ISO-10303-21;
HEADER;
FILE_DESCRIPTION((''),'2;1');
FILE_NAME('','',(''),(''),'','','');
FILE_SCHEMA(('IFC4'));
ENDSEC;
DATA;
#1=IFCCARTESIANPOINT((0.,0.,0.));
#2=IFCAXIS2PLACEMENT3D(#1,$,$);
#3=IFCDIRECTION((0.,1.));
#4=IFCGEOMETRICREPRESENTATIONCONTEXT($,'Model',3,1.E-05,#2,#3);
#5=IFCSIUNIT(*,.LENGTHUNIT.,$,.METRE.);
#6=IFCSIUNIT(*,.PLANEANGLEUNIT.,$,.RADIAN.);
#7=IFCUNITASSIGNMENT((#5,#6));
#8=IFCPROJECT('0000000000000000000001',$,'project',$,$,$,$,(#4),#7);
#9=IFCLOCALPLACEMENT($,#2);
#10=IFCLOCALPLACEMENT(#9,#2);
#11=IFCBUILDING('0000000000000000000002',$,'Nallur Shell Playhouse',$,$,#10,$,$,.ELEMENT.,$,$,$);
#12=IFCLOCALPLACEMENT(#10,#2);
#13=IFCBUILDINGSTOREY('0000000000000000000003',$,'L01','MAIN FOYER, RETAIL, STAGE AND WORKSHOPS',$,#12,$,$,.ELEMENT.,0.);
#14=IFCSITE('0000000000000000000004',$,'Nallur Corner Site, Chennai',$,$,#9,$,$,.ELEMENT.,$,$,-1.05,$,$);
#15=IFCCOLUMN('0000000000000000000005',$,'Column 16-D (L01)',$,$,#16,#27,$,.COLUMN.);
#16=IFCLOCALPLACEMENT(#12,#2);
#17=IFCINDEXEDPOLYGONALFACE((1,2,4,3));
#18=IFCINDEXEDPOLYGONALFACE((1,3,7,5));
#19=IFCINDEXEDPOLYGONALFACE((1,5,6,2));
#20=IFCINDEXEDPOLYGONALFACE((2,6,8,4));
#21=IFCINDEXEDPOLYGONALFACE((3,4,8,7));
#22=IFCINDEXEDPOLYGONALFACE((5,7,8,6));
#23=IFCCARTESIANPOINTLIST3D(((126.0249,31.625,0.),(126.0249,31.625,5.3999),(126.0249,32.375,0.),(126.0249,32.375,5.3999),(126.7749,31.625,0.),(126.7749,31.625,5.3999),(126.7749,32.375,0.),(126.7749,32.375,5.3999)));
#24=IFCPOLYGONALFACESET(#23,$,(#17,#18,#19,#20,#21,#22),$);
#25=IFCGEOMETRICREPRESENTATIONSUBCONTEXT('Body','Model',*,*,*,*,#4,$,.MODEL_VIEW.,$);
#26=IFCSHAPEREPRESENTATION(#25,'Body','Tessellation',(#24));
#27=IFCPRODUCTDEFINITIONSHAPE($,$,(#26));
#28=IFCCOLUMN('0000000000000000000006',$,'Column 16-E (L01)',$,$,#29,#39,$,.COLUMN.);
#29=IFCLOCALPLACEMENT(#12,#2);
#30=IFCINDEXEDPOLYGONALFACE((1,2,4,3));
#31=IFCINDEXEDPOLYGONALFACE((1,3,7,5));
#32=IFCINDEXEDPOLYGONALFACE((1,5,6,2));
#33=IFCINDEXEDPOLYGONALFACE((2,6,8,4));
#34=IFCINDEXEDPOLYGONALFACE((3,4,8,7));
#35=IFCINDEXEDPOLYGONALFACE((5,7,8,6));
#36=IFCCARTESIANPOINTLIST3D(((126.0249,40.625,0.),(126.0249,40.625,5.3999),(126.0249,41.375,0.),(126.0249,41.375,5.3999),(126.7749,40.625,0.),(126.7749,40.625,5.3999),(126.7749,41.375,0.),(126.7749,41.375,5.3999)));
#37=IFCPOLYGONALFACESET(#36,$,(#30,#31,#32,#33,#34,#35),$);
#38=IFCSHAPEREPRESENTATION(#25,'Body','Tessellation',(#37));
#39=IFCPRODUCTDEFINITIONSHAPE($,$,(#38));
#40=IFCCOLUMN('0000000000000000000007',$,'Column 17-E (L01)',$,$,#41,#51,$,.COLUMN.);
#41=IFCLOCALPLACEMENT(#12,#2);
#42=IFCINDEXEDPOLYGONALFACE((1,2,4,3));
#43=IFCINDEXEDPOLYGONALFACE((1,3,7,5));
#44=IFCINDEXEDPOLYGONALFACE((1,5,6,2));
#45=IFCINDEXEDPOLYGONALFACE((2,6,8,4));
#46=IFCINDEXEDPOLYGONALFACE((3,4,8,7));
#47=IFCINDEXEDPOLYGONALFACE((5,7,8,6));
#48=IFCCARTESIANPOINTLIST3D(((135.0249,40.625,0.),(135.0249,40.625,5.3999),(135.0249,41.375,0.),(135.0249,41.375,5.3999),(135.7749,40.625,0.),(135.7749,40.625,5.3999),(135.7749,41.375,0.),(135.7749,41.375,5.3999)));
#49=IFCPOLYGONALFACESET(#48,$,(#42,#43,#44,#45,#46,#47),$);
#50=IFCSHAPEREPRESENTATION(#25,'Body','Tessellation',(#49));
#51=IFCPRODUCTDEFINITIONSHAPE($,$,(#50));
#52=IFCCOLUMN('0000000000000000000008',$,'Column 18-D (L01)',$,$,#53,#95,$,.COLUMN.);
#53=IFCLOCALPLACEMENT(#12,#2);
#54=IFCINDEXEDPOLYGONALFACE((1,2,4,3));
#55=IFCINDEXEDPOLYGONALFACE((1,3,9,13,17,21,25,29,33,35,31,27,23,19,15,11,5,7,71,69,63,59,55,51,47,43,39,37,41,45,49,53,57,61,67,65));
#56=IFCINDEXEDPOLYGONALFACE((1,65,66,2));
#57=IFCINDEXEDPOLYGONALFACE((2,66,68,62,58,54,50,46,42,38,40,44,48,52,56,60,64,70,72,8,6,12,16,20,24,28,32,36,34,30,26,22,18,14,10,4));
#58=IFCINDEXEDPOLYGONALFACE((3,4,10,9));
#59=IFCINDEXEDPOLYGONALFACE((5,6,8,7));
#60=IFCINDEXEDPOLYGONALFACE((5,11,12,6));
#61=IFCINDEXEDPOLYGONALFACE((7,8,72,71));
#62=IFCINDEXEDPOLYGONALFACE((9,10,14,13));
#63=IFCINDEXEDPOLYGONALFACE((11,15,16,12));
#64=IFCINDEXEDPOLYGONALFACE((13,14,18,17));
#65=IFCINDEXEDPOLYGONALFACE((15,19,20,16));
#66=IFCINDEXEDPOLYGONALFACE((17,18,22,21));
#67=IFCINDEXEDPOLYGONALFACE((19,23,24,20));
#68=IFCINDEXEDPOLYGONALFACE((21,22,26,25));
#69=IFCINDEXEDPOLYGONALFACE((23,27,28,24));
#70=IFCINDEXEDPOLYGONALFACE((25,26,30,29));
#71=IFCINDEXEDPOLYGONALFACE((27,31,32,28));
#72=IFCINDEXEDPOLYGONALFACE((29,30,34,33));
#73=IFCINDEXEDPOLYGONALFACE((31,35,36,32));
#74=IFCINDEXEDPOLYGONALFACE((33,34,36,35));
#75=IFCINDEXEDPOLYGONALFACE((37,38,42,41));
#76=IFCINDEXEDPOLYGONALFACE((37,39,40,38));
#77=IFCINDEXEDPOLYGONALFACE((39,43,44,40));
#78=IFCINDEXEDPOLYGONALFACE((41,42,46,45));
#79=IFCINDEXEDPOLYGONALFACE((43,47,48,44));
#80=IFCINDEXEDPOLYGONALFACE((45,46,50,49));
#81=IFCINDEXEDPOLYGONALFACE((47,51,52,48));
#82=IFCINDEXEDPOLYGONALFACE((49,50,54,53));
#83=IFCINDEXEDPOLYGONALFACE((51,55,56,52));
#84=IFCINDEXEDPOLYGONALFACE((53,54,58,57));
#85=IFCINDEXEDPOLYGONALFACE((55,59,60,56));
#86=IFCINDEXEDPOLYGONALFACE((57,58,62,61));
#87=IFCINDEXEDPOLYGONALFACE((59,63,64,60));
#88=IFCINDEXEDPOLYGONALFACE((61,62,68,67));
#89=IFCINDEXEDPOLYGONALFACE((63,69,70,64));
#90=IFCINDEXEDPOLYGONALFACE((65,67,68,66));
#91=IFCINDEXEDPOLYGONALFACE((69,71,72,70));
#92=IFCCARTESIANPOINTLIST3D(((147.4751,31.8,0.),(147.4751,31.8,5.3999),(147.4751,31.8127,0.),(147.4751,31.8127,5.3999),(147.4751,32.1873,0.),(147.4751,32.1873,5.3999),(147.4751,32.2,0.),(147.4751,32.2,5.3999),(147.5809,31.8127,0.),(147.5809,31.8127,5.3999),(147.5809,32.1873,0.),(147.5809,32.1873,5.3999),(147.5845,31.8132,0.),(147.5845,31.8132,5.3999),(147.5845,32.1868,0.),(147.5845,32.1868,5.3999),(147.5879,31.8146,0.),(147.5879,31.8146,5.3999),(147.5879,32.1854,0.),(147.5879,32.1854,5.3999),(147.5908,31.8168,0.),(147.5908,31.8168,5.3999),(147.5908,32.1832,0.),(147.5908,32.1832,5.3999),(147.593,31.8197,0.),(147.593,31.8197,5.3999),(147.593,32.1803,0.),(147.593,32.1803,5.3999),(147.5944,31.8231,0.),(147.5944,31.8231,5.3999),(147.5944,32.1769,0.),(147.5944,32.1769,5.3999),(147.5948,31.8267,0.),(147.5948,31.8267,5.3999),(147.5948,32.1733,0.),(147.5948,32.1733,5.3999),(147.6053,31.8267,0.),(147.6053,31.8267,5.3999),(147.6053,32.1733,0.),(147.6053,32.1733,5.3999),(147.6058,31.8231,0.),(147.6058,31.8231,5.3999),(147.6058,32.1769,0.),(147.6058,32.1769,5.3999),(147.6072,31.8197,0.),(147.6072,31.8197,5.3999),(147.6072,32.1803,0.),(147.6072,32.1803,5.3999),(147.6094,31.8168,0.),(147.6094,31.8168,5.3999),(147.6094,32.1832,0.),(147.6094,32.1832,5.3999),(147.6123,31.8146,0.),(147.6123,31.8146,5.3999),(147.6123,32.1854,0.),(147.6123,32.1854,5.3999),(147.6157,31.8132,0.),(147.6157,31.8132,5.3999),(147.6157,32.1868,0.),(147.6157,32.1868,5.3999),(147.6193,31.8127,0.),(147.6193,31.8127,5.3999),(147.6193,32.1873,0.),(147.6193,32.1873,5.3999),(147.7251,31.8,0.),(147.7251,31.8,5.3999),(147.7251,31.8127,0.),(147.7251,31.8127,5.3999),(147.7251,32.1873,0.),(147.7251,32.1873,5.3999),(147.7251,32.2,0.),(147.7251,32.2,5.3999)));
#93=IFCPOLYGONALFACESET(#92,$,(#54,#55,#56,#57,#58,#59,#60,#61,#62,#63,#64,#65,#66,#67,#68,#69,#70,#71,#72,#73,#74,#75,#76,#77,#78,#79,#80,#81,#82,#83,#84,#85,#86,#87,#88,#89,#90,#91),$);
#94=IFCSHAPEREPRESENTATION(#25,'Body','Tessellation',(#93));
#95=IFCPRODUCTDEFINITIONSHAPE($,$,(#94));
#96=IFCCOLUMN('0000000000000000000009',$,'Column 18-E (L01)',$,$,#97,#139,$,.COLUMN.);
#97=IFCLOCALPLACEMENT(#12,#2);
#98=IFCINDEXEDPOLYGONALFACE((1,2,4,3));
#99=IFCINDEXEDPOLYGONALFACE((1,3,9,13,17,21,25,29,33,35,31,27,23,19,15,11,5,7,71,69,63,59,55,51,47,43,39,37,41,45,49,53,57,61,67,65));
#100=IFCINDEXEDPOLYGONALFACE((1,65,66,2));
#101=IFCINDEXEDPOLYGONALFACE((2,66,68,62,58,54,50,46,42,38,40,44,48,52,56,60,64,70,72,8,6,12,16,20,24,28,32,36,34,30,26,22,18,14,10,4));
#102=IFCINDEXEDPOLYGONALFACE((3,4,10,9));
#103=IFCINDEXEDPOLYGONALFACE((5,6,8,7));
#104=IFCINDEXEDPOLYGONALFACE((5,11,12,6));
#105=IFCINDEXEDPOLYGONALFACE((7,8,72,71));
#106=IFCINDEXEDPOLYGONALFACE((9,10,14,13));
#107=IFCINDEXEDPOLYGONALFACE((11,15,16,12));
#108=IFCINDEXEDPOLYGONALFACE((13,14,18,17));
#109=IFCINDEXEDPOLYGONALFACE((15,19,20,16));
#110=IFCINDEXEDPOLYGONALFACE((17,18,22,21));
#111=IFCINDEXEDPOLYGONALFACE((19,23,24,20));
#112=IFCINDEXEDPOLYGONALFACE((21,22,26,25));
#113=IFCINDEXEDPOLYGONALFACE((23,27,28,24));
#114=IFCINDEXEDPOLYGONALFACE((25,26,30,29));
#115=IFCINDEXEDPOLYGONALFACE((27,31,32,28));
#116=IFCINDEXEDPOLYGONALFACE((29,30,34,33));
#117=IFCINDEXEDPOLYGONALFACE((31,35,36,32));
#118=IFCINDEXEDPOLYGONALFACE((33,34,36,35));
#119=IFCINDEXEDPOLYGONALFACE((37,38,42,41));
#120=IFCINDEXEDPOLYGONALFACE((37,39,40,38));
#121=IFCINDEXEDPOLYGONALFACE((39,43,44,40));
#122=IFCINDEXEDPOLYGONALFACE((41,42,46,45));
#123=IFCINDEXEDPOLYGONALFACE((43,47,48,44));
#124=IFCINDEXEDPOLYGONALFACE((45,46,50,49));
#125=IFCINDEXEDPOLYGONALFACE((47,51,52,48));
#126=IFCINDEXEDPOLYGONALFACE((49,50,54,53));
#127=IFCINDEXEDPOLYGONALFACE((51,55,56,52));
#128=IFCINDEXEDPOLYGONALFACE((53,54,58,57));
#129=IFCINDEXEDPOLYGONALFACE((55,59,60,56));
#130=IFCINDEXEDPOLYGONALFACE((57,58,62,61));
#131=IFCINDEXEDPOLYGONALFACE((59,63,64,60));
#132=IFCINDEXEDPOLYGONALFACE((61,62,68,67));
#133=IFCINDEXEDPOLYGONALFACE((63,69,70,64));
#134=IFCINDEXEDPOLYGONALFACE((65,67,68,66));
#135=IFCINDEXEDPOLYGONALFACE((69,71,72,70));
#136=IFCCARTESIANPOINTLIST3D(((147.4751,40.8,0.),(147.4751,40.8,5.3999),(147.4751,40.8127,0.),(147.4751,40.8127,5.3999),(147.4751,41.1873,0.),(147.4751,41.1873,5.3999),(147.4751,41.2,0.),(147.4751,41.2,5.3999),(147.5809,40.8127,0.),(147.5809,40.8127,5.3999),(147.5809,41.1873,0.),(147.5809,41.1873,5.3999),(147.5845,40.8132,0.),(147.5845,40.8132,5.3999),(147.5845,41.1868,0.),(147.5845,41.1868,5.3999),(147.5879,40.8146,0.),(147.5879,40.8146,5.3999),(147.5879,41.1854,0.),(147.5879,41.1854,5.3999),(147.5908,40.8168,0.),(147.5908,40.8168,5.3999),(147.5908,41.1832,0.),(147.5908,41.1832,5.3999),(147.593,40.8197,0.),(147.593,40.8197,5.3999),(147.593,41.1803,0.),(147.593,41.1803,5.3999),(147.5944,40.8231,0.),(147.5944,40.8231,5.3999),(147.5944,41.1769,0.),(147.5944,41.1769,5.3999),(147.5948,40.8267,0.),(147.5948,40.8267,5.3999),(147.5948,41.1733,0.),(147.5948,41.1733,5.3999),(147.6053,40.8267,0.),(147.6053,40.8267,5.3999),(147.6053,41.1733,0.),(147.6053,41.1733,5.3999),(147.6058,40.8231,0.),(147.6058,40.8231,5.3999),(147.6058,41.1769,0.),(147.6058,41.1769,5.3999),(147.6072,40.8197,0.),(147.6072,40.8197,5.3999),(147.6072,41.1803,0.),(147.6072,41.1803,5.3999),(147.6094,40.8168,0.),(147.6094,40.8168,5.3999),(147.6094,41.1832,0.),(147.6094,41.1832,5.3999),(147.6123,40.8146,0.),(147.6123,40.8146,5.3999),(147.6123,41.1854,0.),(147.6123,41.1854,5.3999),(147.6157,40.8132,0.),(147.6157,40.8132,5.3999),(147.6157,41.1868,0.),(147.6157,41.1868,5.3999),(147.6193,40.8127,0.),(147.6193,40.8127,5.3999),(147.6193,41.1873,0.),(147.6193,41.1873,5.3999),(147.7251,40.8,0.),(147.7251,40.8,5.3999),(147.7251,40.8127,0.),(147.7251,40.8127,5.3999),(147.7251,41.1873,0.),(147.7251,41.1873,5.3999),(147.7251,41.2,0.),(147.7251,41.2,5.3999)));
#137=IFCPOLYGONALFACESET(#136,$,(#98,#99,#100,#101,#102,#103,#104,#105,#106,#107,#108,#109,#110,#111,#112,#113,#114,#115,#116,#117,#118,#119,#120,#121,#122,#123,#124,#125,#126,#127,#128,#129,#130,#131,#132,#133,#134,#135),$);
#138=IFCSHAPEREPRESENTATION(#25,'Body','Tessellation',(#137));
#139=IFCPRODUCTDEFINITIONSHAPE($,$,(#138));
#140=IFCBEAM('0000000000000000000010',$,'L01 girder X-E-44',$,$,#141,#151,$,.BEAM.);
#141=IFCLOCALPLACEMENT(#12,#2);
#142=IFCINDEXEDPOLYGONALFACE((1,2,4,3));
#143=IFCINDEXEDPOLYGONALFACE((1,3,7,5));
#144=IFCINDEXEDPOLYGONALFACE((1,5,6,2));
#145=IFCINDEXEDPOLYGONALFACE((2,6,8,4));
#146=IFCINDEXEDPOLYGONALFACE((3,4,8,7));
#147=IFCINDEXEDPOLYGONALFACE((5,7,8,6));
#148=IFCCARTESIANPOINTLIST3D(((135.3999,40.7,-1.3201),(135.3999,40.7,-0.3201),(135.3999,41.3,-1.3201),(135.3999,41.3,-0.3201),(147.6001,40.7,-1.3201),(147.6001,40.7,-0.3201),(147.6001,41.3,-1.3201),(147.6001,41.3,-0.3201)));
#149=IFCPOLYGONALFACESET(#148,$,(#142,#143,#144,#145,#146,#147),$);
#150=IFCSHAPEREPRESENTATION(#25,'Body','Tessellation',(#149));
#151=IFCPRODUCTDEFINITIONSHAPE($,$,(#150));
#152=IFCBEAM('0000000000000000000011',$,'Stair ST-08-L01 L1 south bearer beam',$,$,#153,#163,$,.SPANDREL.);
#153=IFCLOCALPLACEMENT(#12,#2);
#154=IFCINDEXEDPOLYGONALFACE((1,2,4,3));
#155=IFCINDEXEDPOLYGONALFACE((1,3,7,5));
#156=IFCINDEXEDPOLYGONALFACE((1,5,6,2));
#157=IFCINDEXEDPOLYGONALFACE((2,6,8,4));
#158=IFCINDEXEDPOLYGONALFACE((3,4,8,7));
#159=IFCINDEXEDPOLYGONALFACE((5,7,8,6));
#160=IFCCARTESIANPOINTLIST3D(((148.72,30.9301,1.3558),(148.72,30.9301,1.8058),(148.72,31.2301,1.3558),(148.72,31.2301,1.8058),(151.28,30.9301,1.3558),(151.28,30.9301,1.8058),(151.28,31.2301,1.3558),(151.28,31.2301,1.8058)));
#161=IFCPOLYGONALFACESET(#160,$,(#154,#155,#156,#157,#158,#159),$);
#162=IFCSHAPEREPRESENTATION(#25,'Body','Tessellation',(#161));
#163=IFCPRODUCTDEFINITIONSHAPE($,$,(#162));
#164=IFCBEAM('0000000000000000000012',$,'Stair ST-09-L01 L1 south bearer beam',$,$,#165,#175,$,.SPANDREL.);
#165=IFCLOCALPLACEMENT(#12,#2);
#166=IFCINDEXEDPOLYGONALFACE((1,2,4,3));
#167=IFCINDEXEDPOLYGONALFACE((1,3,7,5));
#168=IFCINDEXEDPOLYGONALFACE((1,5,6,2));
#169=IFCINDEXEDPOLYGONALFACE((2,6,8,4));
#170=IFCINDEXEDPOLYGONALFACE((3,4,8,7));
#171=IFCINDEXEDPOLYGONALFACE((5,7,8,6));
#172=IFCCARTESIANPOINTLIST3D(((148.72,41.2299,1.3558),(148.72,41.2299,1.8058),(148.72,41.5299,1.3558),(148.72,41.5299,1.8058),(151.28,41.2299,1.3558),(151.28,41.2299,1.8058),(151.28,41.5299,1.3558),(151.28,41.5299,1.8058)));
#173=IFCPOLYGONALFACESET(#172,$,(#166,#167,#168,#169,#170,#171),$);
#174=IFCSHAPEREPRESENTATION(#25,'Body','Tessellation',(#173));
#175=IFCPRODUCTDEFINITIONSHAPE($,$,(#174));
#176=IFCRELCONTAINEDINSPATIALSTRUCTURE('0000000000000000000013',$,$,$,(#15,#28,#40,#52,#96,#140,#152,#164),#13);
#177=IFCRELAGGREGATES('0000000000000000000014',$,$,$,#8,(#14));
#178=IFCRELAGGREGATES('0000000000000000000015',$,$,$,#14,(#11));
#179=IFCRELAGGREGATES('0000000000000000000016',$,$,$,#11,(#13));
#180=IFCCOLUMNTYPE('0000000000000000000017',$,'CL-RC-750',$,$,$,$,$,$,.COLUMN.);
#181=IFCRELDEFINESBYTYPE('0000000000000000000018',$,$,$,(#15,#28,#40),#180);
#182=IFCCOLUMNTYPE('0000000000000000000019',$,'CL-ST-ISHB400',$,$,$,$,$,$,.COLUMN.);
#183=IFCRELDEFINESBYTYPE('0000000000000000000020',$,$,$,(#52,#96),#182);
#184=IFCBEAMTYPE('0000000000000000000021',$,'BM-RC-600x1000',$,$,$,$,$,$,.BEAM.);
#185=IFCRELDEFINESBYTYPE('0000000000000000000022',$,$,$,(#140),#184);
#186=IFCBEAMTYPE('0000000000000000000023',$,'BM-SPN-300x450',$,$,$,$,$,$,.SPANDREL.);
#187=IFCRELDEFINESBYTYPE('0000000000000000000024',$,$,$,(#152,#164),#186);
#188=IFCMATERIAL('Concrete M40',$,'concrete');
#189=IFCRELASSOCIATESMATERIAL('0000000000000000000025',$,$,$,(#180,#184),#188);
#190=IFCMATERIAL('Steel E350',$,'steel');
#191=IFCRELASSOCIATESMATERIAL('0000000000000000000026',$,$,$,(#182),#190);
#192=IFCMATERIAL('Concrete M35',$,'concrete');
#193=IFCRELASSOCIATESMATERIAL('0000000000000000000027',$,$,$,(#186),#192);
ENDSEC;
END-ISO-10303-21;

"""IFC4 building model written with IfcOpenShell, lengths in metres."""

from ifc_helpers import new_model, si_unit, direction, frame, origin, origin_2d, place, context, subcontext, project, spatial, rectangle, i_section, extrude, material, material_profile, profile_set, type_object, element, save


model = new_model("IFC4")

# Units and contexts
model_context = context("Model", 3, precision=1e-05, world=origin(), true_north=direction((0.0, 1.0)))
body_context = subcontext(model_context, "Body", "Model", "MODEL_VIEW")
ifc_project = project(units=[si_unit("LENGTHUNIT", "METRE"), si_unit("PLANEANGLEUNIT", "RADIAN")], contexts=[model_context])

# Site, building, storey
site_placement = place(None, origin())
site = spatial("IfcSite", under=ifc_project, at=site_placement, Name="Nallur Corner Site, Chennai", CompositionType="ELEMENT", RefElevation=-1.05)
building_placement = place(site_placement, origin())
building = spatial("IfcBuilding", under=site, at=building_placement, Name="Nallur Shell Playhouse", CompositionType="ELEMENT")
storey_placement = place(building_placement, origin())
storey = spatial("IfcBuildingStorey", under=building, at=storey_placement, Name="L01", Description="MAIN FOYER, RETAIL, STAGE AND WORKSHOPS", CompositionType="ELEMENT", Elevation=0.0)

# Columns
ifc_material_1 = material(Name="Concrete M40", Category="concrete")
ifc_material_profile_1 = material_profile(ifc_material_1, rectangle(XDim=0.75, YDim=0.75, at=origin_2d()), Name="RC 750x750")
ifc_profile_set_1 = profile_set([ifc_material_profile_1], Name="Concrete M40")
column_type_1 = type_object("IfcColumnType", Name="CL-RC-750", PredefinedType="COLUMN", material=ifc_profile_set_1)
for number, where, z_axis, x_axis, name in (
    (1, (126.3999, 32.0, 0.0), (0.0, 0.0, 1.0), (1.0, 0.0, 0.0), "Column 16-D (L01)"),
    (2, (126.3999, 41.0, 0.0), (0.0, 0.0, 1.0), (1.0, 0.0, 0.0), "Column 16-E (L01)"),
    (3, (135.3999, 41.0, 0.0), (0.0, 0.0, 1.0), (1.0, 0.0, 0.0), "Column 17-E (L01)"),
):
    element("IfcColumn", number, at=place(storey_placement, frame(where, z_axis=z_axis, x_axis=x_axis)), inside=storey, type_object=column_type_1, Name=name, PredefinedType="COLUMN", context=body_context, shape_type="SweptSolid", body=[
        extrude(rectangle(XDim=0.75, YDim=0.75, at=origin_2d()), origin(), (0.0, 0.0, 1.0), 5.3999),
    ])
ifc_material_2 = material(Name="Steel E350", Category="steel")
ifc_material_profile_2 = material_profile(ifc_material_2, i_section(OverallWidth=0.25, OverallDepth=0.3999, WebThickness=0.0105, FlangeThickness=0.0127, FilletRadius=0.0139, at=origin_2d()), Name="ISHB 400")
ifc_profile_set_2 = profile_set([ifc_material_profile_2], Name="Steel E350")
column_type_2 = type_object("IfcColumnType", Name="CL-ST-ISHB400", PredefinedType="COLUMN", material=ifc_profile_set_2)
for number, where, z_axis, x_axis, name in (
    (4, (147.6001, 32.0, 0.0), (0.0, 0.0, 1.0), (1.0, 0.0, 0.0), "Column 18-D (L01)"),
    (5, (147.6001, 41.0, 0.0), (0.0, 0.0, 1.0), (1.0, 0.0, 0.0), "Column 18-E (L01)"),
):
    element("IfcColumn", number, at=place(storey_placement, frame(where, z_axis=z_axis, x_axis=x_axis)), inside=storey, type_object=column_type_2, Name=name, PredefinedType="COLUMN", context=body_context, shape_type="SweptSolid", body=[
        extrude(i_section(OverallWidth=0.25, OverallDepth=0.3999, WebThickness=0.0105, FlangeThickness=0.0127, FilletRadius=0.0139, at=origin_2d()), origin(), (0.0, 0.0, 1.0), 5.3999),
    ])

# Beams
ifc_material_profile_3 = material_profile(ifc_material_1, rectangle(XDim=0.6001, YDim=1.0, at=origin_2d()), Name="RC 600x1000")
ifc_profile_set_3 = profile_set([ifc_material_profile_3], Name="Concrete M40")
beam_type_1 = type_object("IfcBeamType", Name="BM-RC-600x1000", PredefinedType="BEAM", material=ifc_profile_set_3)
beam_1_placement = place(storey_placement, frame((135.3999, 41.0, -0.8201), z_axis=(1.0, 0.0, 0.0), x_axis=(0.0, 1.0, 0.0)))
element("IfcBeam", 6, at=beam_1_placement, inside=storey, type_object=beam_type_1, Name="L01 girder X-E-44", PredefinedType="BEAM", context=body_context, shape_type="SweptSolid", body=[
    extrude(rectangle(XDim=0.6001, YDim=1.0, at=origin_2d()), origin(), (0.0, 0.0, 1.0), 12.2002),
])
ifc_material_3 = material(Name="Concrete M35", Category="concrete")
ifc_material_profile_4 = material_profile(ifc_material_3, rectangle(XDim=0.3, YDim=0.45, at=origin_2d()), Name="RC 300x450")
ifc_profile_set_4 = profile_set([ifc_material_profile_4], Name="Concrete M35")
beam_type_2 = type_object("IfcBeamType", Name="BM-SPN-300x450", PredefinedType="SPANDREL", material=ifc_profile_set_4)
for number, where, z_axis, x_axis, name in (
    (7, (148.72, 31.0801, 1.5808), (1.0, 0.0, 0.0), (0.0, 1.0, 0.0), "Stair ST-08-L01 L1 south bearer beam"),
    (8, (148.72, 41.3799, 1.5808), (1.0, 0.0, 0.0), (0.0, 1.0, 0.0), "Stair ST-09-L01 L1 south bearer beam"),
):
    element("IfcBeam", number, at=place(storey_placement, frame(where, z_axis=z_axis, x_axis=x_axis)), inside=storey, type_object=beam_type_2, Name=name, PredefinedType="SPANDREL", context=body_context, shape_type="SweptSolid", body=[
        extrude(rectangle(XDim=0.3, YDim=0.45, at=origin_2d()), origin(), (0.0, 0.0, 1.0), 2.5601),
    ])

save(model, "model.ifc")
